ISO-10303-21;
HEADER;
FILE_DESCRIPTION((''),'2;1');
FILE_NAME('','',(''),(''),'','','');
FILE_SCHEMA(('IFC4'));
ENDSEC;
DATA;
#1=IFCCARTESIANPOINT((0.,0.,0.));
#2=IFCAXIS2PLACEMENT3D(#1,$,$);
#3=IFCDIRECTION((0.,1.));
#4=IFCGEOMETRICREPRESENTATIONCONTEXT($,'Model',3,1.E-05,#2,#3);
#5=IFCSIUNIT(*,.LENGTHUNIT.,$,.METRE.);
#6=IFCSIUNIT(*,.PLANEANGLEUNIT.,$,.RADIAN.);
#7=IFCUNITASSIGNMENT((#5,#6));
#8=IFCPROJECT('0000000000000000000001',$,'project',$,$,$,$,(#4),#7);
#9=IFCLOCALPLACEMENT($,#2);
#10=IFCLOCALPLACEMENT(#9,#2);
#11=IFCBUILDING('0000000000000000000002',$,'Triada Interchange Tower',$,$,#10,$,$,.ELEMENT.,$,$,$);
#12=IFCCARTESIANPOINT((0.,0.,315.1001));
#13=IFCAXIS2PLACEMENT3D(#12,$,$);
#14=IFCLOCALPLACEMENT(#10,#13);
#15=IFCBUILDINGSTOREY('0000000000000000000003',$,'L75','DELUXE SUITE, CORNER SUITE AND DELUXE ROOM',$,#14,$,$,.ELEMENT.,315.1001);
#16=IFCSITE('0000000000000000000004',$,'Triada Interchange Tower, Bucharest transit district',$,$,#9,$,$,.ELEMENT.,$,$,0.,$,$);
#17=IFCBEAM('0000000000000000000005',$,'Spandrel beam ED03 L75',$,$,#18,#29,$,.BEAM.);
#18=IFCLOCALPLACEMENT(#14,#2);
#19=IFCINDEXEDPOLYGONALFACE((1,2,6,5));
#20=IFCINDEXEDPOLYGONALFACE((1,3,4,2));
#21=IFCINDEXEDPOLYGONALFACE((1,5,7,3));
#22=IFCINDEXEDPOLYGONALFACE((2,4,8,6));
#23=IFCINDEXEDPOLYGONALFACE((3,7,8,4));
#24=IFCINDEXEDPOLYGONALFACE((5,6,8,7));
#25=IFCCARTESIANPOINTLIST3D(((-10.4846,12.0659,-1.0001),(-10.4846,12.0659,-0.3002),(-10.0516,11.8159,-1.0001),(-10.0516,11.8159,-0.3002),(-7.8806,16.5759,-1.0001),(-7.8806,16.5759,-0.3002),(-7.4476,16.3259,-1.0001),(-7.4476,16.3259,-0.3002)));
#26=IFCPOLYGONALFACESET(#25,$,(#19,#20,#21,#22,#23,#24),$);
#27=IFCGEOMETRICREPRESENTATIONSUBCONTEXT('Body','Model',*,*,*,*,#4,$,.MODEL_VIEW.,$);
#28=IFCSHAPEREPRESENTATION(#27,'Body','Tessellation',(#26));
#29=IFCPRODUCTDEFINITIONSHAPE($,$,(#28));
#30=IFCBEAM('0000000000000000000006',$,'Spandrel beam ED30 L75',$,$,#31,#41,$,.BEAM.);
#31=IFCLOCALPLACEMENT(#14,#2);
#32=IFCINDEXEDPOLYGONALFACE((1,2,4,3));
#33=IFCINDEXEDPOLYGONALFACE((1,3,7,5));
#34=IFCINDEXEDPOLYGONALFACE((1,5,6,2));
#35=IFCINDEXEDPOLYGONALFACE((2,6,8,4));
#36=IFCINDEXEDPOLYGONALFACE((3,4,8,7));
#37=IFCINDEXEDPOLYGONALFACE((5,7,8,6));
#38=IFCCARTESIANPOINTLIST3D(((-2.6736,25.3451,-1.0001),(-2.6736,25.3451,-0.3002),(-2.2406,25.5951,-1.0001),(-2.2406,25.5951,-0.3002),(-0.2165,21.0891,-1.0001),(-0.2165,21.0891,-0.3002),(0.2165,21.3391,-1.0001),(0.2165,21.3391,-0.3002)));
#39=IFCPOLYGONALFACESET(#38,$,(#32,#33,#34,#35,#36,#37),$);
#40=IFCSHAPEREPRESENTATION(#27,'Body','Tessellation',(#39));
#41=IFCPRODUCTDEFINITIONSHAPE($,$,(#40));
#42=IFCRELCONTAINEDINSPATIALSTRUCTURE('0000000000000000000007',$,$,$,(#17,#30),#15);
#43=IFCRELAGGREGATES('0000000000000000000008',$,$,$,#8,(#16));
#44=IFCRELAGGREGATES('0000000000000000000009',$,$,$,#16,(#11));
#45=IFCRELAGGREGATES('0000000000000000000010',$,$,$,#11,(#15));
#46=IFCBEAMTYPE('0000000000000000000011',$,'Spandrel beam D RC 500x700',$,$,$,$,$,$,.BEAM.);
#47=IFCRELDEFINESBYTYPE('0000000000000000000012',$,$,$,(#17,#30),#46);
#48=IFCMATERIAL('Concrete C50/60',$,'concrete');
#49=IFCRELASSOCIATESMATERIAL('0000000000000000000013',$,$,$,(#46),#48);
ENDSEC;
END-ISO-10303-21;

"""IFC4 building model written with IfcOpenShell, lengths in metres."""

from ifc_helpers import new_model, si_unit, direction, frame, origin, origin_2d, place, context, subcontext, project, spatial, rectangle, extrude, material, material_profile, profile_set, type_object, element, save


model = new_model("IFC4")

# Units and contexts
model_context = context("Model", 3, precision=1e-05, world=origin(), true_north=direction((0.0, 1.0)))
body_context = subcontext(model_context, "Body", "Model", "MODEL_VIEW")
ifc_project = project(units=[si_unit("LENGTHUNIT", "METRE"), si_unit("PLANEANGLEUNIT", "RADIAN")], contexts=[model_context])

# Site, building, storey
site_placement = place(None, origin())
site = spatial("IfcSite", under=ifc_project, at=site_placement, Name="Triada Interchange Tower, Bucharest transit district", CompositionType="ELEMENT", RefElevation=0.0)
building_placement = place(site_placement, origin())
building = spatial("IfcBuilding", under=site, at=building_placement, Name="Triada Interchange Tower", CompositionType="ELEMENT")
storey_placement = place(building_placement, frame((0.0, 0.0, 315.1001)))
storey = spatial("IfcBuildingStorey", under=building, at=storey_placement, Name="L75", Description="DELUXE SUITE, CORNER SUITE AND DELUXE ROOM", CompositionType="ELEMENT", Elevation=315.1001)

# Beams
ifc_material_1 = material(Name="Concrete C50/60", Category="concrete")
ifc_material_profile_1 = material_profile(ifc_material_1, rectangle(XDim=0.5, YDim=0.7, at=origin_2d()), Name="RC 500x700")
ifc_profile_set_1 = profile_set([ifc_material_profile_1], Name="Concrete C50/60")
beam_type_1 = type_object("IfcBeamType", Name="Spandrel beam D RC 500x700", PredefinedType="BEAM", material=ifc_profile_set_1)
beam_1_placement = place(storey_placement, frame((-7.6641, 16.4509, -0.6501), z_axis=(-0.500021, -0.866013, 0.0), x_axis=(0.866013, -0.500021, 0.0)))
element("IfcBeam", 1, at=beam_1_placement, inside=storey, type_object=beam_type_1, Name="Spandrel beam ED03 L75", PredefinedType="BEAM", context=body_context, shape_type="SweptSolid", body=[
    extrude(rectangle(XDim=0.5, YDim=0.7, at=origin_2d()), origin(), (0.0, 0.0, 1.0), 5.2078),
])
beam_2_placement = place(storey_placement, frame((0.0, 21.2141, -0.6501), z_axis=(-0.499986, 0.866033, 0.0), x_axis=(-0.866033, -0.499986, 0.0)))
element("IfcBeam", 2, at=beam_2_placement, inside=storey, type_object=beam_type_1, Name="Spandrel beam ED30 L75", PredefinedType="BEAM", context=body_context, shape_type="SweptSolid", body=[
    extrude(rectangle(XDim=0.5, YDim=0.7, at=origin_2d()), origin(), (0.0, 0.0, 1.0), 4.9143),
])

save(model, "model.ifc")
